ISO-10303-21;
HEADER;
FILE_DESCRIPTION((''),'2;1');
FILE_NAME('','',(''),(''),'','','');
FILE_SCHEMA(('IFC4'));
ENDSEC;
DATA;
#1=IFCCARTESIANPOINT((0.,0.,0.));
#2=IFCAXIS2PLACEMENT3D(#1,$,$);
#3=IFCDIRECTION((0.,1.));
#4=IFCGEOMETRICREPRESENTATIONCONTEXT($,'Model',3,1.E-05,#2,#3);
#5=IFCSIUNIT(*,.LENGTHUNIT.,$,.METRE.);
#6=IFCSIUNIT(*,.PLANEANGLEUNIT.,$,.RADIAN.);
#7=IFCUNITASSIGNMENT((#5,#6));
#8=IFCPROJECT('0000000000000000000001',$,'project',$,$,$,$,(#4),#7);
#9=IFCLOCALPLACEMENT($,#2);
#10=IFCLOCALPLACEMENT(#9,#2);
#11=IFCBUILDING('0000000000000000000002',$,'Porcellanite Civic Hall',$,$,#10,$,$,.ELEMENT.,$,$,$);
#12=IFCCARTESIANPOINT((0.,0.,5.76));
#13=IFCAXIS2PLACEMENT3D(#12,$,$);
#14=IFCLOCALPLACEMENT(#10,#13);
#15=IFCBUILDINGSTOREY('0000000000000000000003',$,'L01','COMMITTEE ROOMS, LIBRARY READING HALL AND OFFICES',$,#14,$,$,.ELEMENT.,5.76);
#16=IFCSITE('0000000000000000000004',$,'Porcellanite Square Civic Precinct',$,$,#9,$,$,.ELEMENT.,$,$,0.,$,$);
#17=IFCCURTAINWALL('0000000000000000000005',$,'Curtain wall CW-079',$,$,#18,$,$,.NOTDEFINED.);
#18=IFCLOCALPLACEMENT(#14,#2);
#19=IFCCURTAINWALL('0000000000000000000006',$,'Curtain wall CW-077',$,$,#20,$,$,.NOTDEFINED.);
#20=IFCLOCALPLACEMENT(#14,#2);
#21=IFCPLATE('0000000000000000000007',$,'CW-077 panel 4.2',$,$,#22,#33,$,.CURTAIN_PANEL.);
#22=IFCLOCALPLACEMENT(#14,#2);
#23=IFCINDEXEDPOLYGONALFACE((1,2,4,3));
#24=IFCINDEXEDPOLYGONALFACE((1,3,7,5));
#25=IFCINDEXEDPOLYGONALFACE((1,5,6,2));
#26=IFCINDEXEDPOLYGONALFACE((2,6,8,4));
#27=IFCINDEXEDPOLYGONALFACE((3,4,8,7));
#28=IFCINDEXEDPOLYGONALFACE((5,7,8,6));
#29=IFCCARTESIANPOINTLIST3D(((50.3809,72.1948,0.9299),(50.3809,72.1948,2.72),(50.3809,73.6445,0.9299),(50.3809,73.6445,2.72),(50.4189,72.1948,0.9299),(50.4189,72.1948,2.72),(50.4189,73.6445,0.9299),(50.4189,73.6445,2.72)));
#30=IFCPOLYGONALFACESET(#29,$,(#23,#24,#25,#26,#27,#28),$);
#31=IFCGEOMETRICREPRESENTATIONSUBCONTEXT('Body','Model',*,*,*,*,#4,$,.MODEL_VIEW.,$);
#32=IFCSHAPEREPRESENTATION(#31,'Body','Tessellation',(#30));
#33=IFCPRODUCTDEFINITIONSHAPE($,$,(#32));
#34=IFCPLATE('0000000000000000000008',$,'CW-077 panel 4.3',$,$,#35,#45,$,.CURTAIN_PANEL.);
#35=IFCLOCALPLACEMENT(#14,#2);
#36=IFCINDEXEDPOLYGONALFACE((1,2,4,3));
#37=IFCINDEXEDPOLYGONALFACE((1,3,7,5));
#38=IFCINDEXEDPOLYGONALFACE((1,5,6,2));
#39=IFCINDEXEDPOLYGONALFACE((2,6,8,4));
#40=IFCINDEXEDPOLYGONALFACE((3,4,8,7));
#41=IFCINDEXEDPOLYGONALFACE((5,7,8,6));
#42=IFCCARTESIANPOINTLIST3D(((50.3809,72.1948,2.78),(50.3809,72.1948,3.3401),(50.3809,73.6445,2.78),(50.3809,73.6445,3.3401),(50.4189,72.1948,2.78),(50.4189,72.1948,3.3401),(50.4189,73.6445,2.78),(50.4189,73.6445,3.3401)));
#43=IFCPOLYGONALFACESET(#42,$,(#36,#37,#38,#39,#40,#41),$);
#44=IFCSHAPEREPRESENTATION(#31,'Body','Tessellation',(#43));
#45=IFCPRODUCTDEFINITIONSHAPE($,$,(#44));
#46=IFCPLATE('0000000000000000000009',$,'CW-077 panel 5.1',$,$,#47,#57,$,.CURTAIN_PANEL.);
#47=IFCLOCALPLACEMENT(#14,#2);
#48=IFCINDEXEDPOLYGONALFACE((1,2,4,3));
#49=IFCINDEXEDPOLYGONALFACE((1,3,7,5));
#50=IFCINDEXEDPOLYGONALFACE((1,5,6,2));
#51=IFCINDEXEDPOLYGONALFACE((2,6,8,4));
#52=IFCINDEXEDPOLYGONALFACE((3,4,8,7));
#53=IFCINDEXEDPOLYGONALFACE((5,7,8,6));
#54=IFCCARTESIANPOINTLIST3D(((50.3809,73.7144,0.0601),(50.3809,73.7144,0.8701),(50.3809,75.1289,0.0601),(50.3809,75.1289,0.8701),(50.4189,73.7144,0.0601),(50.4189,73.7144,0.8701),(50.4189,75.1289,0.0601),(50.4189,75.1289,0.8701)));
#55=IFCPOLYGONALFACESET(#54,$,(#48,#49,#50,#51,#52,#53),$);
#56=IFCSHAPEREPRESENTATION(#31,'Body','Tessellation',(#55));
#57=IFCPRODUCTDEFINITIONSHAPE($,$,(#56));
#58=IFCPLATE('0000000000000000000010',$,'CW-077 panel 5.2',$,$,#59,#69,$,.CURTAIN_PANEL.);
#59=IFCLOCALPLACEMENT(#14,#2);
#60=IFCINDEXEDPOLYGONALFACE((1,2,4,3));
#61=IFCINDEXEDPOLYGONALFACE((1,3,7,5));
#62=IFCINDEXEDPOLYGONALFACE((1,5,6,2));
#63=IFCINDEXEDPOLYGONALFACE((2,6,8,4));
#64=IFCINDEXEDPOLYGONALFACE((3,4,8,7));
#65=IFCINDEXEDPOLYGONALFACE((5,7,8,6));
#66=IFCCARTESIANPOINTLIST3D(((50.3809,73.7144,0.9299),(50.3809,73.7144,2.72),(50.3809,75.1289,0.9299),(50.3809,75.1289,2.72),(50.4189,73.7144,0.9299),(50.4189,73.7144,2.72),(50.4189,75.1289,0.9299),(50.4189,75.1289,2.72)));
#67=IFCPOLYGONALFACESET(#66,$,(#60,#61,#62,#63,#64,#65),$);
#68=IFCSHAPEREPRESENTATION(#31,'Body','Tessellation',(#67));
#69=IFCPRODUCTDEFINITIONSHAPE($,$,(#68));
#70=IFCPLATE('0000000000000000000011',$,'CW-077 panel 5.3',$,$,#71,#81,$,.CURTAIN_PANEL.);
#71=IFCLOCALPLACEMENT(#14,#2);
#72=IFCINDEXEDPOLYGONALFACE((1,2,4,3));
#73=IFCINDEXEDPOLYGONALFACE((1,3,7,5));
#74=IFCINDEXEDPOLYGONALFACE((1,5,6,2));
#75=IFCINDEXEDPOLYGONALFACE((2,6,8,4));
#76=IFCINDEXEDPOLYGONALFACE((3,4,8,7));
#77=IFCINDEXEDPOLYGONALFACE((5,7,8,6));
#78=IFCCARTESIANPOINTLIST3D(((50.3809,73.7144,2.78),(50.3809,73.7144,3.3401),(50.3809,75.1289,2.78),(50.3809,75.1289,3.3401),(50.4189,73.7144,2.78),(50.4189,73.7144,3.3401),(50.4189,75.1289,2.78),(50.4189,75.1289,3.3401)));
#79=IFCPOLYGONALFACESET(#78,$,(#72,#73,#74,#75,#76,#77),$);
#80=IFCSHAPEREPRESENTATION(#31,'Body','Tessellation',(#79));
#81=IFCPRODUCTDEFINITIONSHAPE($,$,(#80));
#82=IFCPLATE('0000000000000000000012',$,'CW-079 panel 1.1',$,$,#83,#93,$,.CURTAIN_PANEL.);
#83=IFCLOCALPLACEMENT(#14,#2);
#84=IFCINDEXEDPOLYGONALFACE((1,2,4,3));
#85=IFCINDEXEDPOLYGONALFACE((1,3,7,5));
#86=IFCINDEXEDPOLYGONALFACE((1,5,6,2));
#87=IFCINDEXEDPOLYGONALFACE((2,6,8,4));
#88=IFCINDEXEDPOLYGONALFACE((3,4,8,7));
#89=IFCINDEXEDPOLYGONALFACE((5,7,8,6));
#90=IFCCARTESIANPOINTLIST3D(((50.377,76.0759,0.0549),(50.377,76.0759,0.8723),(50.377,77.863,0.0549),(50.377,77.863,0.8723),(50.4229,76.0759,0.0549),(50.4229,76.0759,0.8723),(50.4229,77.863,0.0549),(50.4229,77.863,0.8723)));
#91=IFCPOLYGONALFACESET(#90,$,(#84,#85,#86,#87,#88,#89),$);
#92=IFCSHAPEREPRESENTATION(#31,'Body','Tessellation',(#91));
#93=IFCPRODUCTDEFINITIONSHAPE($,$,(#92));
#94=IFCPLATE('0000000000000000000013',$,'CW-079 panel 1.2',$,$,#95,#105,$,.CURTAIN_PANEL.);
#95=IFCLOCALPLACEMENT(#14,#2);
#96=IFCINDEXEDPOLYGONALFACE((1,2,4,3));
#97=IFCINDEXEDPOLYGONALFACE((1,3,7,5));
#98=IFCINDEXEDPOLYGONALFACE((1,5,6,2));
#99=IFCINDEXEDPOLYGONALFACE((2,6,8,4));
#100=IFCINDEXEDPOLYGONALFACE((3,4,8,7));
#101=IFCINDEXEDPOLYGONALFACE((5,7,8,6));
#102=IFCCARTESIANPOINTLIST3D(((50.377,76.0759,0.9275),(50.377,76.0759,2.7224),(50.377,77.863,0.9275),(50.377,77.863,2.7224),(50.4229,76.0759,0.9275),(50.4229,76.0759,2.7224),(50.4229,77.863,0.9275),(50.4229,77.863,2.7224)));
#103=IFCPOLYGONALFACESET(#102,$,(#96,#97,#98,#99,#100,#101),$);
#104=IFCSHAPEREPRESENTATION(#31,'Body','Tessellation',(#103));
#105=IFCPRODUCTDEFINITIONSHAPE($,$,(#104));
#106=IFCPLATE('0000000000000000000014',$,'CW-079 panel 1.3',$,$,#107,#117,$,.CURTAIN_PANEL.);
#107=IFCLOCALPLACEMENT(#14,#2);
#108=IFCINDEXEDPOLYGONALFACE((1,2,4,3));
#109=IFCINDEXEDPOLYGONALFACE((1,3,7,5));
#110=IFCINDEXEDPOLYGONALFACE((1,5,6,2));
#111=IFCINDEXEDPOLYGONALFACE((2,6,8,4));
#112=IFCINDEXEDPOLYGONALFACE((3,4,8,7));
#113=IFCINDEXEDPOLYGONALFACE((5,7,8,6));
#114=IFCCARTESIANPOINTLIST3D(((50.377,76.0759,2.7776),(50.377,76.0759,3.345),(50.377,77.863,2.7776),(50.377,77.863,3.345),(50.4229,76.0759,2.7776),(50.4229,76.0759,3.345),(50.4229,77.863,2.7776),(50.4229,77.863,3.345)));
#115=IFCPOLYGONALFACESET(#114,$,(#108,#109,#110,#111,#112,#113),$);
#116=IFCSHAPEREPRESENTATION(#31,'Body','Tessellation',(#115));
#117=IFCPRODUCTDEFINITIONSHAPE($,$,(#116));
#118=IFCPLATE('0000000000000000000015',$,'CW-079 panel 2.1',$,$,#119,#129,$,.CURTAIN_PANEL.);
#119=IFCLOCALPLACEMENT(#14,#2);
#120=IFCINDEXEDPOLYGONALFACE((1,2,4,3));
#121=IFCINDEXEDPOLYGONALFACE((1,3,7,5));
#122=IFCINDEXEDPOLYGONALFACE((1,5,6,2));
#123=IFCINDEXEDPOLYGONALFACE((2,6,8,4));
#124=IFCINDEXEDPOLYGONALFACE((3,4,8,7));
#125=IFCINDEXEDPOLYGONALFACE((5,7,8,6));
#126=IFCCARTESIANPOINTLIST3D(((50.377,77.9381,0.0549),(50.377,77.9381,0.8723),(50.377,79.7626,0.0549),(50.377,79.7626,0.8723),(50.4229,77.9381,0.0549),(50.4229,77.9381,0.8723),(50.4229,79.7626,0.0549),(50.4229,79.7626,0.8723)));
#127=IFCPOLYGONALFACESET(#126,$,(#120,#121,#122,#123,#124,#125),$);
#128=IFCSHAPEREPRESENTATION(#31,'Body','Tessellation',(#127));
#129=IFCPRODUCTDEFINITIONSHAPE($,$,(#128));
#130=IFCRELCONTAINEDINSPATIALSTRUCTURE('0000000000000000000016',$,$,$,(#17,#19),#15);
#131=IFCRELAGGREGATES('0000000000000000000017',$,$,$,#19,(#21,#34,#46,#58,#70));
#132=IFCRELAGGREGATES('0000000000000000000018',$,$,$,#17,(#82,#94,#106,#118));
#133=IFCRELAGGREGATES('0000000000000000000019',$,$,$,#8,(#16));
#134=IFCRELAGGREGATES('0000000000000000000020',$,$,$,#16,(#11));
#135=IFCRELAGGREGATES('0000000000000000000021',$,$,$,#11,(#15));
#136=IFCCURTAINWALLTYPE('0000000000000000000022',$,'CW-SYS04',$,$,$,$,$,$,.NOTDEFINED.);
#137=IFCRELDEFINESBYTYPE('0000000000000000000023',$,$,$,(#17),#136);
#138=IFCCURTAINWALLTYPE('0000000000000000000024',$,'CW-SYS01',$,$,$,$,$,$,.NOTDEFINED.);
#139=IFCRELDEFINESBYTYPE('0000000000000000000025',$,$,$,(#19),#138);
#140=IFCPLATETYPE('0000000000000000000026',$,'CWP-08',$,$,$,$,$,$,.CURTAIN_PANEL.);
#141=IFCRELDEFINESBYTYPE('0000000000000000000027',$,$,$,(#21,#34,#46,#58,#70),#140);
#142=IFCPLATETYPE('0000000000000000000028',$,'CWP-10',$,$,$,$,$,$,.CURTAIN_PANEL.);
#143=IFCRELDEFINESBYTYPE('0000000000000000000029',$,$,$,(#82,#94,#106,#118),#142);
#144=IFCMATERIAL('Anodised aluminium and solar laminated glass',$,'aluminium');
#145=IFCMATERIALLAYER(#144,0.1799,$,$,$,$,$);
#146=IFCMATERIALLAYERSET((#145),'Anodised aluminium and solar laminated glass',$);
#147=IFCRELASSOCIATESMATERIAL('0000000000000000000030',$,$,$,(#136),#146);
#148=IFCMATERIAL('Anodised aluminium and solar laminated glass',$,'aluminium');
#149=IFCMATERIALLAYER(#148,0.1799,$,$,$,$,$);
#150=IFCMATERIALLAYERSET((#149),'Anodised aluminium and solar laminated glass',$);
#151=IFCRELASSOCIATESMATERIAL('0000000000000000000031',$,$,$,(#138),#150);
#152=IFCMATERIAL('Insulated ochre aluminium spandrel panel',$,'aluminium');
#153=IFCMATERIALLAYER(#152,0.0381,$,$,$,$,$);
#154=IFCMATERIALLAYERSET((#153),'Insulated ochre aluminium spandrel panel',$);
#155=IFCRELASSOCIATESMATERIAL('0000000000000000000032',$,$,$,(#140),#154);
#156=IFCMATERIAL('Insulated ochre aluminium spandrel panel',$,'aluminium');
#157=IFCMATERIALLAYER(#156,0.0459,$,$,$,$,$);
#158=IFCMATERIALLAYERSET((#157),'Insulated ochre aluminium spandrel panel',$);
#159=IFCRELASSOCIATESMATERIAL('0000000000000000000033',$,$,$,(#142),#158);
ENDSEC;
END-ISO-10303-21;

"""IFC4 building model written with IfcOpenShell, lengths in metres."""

from ifc_helpers import new_model, si_unit, direction, frame, origin, origin_2d, place, context, subcontext, project, spatial, rectangle, extrude, material, layer, layer_set, type_object, element, aggregate, save


model = new_model("IFC4")

# Units and contexts
model_context = context("Model", 3, precision=1e-05, world=origin(), true_north=direction((0.0, 1.0)))
body_context = subcontext(model_context, "Body", "Model", "MODEL_VIEW")
ifc_project = project(units=[si_unit("LENGTHUNIT", "METRE"), si_unit("PLANEANGLEUNIT", "RADIAN")], contexts=[model_context])

# Site, building, storey
site_placement = place(None, origin())
site = spatial("IfcSite", under=ifc_project, at=site_placement, Name="Porcellanite Square Civic Precinct", CompositionType="ELEMENT", RefElevation=0.0)
building_placement = place(site_placement, origin())
building = spatial("IfcBuilding", under=site, at=building_placement, Name="Porcellanite Civic Hall", CompositionType="ELEMENT")
storey_placement = place(building_placement, frame((0.0, 0.0, 5.76)))
storey = spatial("IfcBuildingStorey", under=building, at=storey_placement, Name="L01", Description="COMMITTEE ROOMS, LIBRARY READING HALL AND OFFICES", CompositionType="ELEMENT", Elevation=5.76)

# Curtain walls
ifc_material_1 = material(Name="Anodised aluminium and solar laminated glass", Category="aluminium")
ifc_layer_1 = layer(ifc_material_1, 0.1799)
ifc_layer_set_1 = layer_set([ifc_layer_1], Name="Anodised aluminium and solar laminated glass")
curtain_wall_type_1 = type_object("IfcCurtainWallType", Name="CW-SYS04", PredefinedType="NOTDEFINED", material=ifc_layer_set_1)
curtain_wall_1_placement = place(storey_placement, origin())
curtain_wall_1 = element("IfcCurtainWall", 1, at=curtain_wall_1_placement, inside=storey, type_object=curtain_wall_type_1, Name="Curtain wall CW-079", PredefinedType="NOTDEFINED")
ifc_material_2 = material(Name="Anodised aluminium and solar laminated glass", Category="aluminium")
ifc_layer_2 = layer(ifc_material_2, 0.1799)
ifc_layer_set_2 = layer_set([ifc_layer_2], Name="Anodised aluminium and solar laminated glass")
curtain_wall_type_2 = type_object("IfcCurtainWallType", Name="CW-SYS01", PredefinedType="NOTDEFINED", material=ifc_layer_set_2)
curtain_wall_2_placement = place(storey_placement, origin())
curtain_wall_2 = element("IfcCurtainWall", 2, at=curtain_wall_2_placement, inside=storey, type_object=curtain_wall_type_2, Name="Curtain wall CW-077", PredefinedType="NOTDEFINED")

# Plates
ifc_material_3 = material(Name="Insulated ochre aluminium spandrel panel", Category="aluminium")
ifc_layer_3 = layer(ifc_material_3, 0.0381)
ifc_layer_set_3 = layer_set([ifc_layer_3], Name="Insulated ochre aluminium spandrel panel")
plate_type_1 = type_object("IfcPlateType", Name="CWP-08", PredefinedType="CURTAIN_PANEL", material=ifc_layer_set_3)
plate_1_placement = place(storey_placement, frame((50.3999, 72.9197, 0.9299), z_axis=(0.0, 0.0, 1.0), x_axis=(0.0, 1.0, 0.0)))
plate_1 = element("IfcPlate", 3, at=plate_1_placement, type_object=plate_type_1, Name="CW-077 panel 4.2", PredefinedType="CURTAIN_PANEL", context=body_context, shape_type="SweptSolid", body=[
    extrude(rectangle(XDim=1.4497, YDim=0.0381, at=origin_2d()), origin(), (0.0, 0.0, 1.0), 1.79),
])
plate_2_placement = place(storey_placement, frame((50.3999, 72.9197, 2.78), z_axis=(0.0, 0.0, 1.0), x_axis=(0.0, 1.0, 0.0)))
plate_2 = element("IfcPlate", 4, at=plate_2_placement, type_object=plate_type_1, Name="CW-077 panel 4.3", PredefinedType="CURTAIN_PANEL", context=body_context, shape_type="SweptSolid", body=[
    extrude(rectangle(XDim=1.4497, YDim=0.0381, at=origin_2d()), origin(), (0.0, 0.0, 1.0), 0.5601),
])
plate_3_placement = place(storey_placement, frame((50.3999, 74.4216, 0.0601), z_axis=(0.0, 0.0, 1.0), x_axis=(0.0, 1.0, 0.0)))
plate_3 = element("IfcPlate", 5, at=plate_3_placement, type_object=plate_type_1, Name="CW-077 panel 5.1", PredefinedType="CURTAIN_PANEL", context=body_context, shape_type="SweptSolid", body=[
    extrude(rectangle(XDim=1.4146, YDim=0.0381, at=origin_2d()), origin(), (0.0, 0.0, 1.0), 0.8101),
])
plate_4_placement = place(storey_placement, frame((50.3999, 74.4216, 0.9299), z_axis=(0.0, 0.0, 1.0), x_axis=(0.0, 1.0, 0.0)))
plate_4 = element("IfcPlate", 6, at=plate_4_placement, type_object=plate_type_1, Name="CW-077 panel 5.2", PredefinedType="CURTAIN_PANEL", context=body_context, shape_type="SweptSolid", body=[
    extrude(rectangle(XDim=1.4146, YDim=0.0381, at=origin_2d()), origin(), (0.0, 0.0, 1.0), 1.79),
])
plate_5_placement = place(storey_placement, frame((50.3999, 74.4216, 2.78), z_axis=(0.0, 0.0, 1.0), x_axis=(0.0, 1.0, 0.0)))
plate_5 = element("IfcPlate", 7, at=plate_5_placement, type_object=plate_type_1, Name="CW-077 panel 5.3", PredefinedType="CURTAIN_PANEL", context=body_context, shape_type="SweptSolid", body=[
    extrude(rectangle(XDim=1.4146, YDim=0.0381, at=origin_2d()), origin(), (0.0, 0.0, 1.0), 0.5601),
])
aggregate(curtain_wall_2, [plate_1, plate_2, plate_3, plate_4, plate_5])
ifc_material_4 = material(Name="Insulated ochre aluminium spandrel panel", Category="aluminium")
ifc_layer_4 = layer(ifc_material_4, 0.0459)
ifc_layer_set_4 = layer_set([ifc_layer_4], Name="Insulated ochre aluminium spandrel panel")
plate_type_2 = type_object("IfcPlateType", Name="CWP-10", PredefinedType="CURTAIN_PANEL", material=ifc_layer_set_4)
plate_6_placement = place(storey_placement, frame((50.3999, 76.9695, 0.0549), z_axis=(0.0, 0.0, 1.0), x_axis=(0.0, 1.0, 0.0)))
plate_6 = element("IfcPlate", 8, at=plate_6_placement, type_object=plate_type_2, Name="CW-079 panel 1.1", PredefinedType="CURTAIN_PANEL", context=body_context, shape_type="SweptSolid", body=[
    extrude(rectangle(XDim=1.7871, YDim=0.0459, at=origin_2d()), origin(), (0.0, 0.0, 1.0), 0.8174),
])
plate_7_placement = place(storey_placement, frame((50.3999, 76.9695, 0.9275), z_axis=(0.0, 0.0, 1.0), x_axis=(0.0, 1.0, 0.0)))
plate_7 = element("IfcPlate", 9, at=plate_7_placement, type_object=plate_type_2, Name="CW-079 panel 1.2", PredefinedType="CURTAIN_PANEL", context=body_context, shape_type="SweptSolid", body=[
    extrude(rectangle(XDim=1.7871, YDim=0.0459, at=origin_2d()), origin(), (0.0, 0.0, 1.0), 1.7949),
])
plate_8_placement = place(storey_placement, frame((50.3999, 76.9695, 2.7776), z_axis=(0.0, 0.0, 1.0), x_axis=(0.0, 1.0, 0.0)))
plate_8 = element("IfcPlate", 10, at=plate_8_placement, type_object=plate_type_2, Name="CW-079 panel 1.3", PredefinedType="CURTAIN_PANEL", context=body_context, shape_type="SweptSolid", body=[
    extrude(rectangle(XDim=1.7871, YDim=0.0459, at=origin_2d()), origin(), (0.0, 0.0, 1.0), 0.5674),
])
plate_9_placement = place(storey_placement, frame((50.3999, 78.8503, 0.0549), z_axis=(0.0, 0.0, 1.0), x_axis=(0.0, 1.0, 0.0)))
plate_9 = element("IfcPlate", 11, at=plate_9_placement, type_object=plate_type_2, Name="CW-079 panel 2.1", PredefinedType="CURTAIN_PANEL", context=body_context, shape_type="SweptSolid", body=[
    extrude(rectangle(XDim=1.8245, YDim=0.0459, at=origin_2d()), origin(), (0.0, 0.0, 1.0), 0.8174),
])
aggregate(curtain_wall_1, [plate_6, plate_7, plate_8, plate_9])

save(model, "model.ifc")
